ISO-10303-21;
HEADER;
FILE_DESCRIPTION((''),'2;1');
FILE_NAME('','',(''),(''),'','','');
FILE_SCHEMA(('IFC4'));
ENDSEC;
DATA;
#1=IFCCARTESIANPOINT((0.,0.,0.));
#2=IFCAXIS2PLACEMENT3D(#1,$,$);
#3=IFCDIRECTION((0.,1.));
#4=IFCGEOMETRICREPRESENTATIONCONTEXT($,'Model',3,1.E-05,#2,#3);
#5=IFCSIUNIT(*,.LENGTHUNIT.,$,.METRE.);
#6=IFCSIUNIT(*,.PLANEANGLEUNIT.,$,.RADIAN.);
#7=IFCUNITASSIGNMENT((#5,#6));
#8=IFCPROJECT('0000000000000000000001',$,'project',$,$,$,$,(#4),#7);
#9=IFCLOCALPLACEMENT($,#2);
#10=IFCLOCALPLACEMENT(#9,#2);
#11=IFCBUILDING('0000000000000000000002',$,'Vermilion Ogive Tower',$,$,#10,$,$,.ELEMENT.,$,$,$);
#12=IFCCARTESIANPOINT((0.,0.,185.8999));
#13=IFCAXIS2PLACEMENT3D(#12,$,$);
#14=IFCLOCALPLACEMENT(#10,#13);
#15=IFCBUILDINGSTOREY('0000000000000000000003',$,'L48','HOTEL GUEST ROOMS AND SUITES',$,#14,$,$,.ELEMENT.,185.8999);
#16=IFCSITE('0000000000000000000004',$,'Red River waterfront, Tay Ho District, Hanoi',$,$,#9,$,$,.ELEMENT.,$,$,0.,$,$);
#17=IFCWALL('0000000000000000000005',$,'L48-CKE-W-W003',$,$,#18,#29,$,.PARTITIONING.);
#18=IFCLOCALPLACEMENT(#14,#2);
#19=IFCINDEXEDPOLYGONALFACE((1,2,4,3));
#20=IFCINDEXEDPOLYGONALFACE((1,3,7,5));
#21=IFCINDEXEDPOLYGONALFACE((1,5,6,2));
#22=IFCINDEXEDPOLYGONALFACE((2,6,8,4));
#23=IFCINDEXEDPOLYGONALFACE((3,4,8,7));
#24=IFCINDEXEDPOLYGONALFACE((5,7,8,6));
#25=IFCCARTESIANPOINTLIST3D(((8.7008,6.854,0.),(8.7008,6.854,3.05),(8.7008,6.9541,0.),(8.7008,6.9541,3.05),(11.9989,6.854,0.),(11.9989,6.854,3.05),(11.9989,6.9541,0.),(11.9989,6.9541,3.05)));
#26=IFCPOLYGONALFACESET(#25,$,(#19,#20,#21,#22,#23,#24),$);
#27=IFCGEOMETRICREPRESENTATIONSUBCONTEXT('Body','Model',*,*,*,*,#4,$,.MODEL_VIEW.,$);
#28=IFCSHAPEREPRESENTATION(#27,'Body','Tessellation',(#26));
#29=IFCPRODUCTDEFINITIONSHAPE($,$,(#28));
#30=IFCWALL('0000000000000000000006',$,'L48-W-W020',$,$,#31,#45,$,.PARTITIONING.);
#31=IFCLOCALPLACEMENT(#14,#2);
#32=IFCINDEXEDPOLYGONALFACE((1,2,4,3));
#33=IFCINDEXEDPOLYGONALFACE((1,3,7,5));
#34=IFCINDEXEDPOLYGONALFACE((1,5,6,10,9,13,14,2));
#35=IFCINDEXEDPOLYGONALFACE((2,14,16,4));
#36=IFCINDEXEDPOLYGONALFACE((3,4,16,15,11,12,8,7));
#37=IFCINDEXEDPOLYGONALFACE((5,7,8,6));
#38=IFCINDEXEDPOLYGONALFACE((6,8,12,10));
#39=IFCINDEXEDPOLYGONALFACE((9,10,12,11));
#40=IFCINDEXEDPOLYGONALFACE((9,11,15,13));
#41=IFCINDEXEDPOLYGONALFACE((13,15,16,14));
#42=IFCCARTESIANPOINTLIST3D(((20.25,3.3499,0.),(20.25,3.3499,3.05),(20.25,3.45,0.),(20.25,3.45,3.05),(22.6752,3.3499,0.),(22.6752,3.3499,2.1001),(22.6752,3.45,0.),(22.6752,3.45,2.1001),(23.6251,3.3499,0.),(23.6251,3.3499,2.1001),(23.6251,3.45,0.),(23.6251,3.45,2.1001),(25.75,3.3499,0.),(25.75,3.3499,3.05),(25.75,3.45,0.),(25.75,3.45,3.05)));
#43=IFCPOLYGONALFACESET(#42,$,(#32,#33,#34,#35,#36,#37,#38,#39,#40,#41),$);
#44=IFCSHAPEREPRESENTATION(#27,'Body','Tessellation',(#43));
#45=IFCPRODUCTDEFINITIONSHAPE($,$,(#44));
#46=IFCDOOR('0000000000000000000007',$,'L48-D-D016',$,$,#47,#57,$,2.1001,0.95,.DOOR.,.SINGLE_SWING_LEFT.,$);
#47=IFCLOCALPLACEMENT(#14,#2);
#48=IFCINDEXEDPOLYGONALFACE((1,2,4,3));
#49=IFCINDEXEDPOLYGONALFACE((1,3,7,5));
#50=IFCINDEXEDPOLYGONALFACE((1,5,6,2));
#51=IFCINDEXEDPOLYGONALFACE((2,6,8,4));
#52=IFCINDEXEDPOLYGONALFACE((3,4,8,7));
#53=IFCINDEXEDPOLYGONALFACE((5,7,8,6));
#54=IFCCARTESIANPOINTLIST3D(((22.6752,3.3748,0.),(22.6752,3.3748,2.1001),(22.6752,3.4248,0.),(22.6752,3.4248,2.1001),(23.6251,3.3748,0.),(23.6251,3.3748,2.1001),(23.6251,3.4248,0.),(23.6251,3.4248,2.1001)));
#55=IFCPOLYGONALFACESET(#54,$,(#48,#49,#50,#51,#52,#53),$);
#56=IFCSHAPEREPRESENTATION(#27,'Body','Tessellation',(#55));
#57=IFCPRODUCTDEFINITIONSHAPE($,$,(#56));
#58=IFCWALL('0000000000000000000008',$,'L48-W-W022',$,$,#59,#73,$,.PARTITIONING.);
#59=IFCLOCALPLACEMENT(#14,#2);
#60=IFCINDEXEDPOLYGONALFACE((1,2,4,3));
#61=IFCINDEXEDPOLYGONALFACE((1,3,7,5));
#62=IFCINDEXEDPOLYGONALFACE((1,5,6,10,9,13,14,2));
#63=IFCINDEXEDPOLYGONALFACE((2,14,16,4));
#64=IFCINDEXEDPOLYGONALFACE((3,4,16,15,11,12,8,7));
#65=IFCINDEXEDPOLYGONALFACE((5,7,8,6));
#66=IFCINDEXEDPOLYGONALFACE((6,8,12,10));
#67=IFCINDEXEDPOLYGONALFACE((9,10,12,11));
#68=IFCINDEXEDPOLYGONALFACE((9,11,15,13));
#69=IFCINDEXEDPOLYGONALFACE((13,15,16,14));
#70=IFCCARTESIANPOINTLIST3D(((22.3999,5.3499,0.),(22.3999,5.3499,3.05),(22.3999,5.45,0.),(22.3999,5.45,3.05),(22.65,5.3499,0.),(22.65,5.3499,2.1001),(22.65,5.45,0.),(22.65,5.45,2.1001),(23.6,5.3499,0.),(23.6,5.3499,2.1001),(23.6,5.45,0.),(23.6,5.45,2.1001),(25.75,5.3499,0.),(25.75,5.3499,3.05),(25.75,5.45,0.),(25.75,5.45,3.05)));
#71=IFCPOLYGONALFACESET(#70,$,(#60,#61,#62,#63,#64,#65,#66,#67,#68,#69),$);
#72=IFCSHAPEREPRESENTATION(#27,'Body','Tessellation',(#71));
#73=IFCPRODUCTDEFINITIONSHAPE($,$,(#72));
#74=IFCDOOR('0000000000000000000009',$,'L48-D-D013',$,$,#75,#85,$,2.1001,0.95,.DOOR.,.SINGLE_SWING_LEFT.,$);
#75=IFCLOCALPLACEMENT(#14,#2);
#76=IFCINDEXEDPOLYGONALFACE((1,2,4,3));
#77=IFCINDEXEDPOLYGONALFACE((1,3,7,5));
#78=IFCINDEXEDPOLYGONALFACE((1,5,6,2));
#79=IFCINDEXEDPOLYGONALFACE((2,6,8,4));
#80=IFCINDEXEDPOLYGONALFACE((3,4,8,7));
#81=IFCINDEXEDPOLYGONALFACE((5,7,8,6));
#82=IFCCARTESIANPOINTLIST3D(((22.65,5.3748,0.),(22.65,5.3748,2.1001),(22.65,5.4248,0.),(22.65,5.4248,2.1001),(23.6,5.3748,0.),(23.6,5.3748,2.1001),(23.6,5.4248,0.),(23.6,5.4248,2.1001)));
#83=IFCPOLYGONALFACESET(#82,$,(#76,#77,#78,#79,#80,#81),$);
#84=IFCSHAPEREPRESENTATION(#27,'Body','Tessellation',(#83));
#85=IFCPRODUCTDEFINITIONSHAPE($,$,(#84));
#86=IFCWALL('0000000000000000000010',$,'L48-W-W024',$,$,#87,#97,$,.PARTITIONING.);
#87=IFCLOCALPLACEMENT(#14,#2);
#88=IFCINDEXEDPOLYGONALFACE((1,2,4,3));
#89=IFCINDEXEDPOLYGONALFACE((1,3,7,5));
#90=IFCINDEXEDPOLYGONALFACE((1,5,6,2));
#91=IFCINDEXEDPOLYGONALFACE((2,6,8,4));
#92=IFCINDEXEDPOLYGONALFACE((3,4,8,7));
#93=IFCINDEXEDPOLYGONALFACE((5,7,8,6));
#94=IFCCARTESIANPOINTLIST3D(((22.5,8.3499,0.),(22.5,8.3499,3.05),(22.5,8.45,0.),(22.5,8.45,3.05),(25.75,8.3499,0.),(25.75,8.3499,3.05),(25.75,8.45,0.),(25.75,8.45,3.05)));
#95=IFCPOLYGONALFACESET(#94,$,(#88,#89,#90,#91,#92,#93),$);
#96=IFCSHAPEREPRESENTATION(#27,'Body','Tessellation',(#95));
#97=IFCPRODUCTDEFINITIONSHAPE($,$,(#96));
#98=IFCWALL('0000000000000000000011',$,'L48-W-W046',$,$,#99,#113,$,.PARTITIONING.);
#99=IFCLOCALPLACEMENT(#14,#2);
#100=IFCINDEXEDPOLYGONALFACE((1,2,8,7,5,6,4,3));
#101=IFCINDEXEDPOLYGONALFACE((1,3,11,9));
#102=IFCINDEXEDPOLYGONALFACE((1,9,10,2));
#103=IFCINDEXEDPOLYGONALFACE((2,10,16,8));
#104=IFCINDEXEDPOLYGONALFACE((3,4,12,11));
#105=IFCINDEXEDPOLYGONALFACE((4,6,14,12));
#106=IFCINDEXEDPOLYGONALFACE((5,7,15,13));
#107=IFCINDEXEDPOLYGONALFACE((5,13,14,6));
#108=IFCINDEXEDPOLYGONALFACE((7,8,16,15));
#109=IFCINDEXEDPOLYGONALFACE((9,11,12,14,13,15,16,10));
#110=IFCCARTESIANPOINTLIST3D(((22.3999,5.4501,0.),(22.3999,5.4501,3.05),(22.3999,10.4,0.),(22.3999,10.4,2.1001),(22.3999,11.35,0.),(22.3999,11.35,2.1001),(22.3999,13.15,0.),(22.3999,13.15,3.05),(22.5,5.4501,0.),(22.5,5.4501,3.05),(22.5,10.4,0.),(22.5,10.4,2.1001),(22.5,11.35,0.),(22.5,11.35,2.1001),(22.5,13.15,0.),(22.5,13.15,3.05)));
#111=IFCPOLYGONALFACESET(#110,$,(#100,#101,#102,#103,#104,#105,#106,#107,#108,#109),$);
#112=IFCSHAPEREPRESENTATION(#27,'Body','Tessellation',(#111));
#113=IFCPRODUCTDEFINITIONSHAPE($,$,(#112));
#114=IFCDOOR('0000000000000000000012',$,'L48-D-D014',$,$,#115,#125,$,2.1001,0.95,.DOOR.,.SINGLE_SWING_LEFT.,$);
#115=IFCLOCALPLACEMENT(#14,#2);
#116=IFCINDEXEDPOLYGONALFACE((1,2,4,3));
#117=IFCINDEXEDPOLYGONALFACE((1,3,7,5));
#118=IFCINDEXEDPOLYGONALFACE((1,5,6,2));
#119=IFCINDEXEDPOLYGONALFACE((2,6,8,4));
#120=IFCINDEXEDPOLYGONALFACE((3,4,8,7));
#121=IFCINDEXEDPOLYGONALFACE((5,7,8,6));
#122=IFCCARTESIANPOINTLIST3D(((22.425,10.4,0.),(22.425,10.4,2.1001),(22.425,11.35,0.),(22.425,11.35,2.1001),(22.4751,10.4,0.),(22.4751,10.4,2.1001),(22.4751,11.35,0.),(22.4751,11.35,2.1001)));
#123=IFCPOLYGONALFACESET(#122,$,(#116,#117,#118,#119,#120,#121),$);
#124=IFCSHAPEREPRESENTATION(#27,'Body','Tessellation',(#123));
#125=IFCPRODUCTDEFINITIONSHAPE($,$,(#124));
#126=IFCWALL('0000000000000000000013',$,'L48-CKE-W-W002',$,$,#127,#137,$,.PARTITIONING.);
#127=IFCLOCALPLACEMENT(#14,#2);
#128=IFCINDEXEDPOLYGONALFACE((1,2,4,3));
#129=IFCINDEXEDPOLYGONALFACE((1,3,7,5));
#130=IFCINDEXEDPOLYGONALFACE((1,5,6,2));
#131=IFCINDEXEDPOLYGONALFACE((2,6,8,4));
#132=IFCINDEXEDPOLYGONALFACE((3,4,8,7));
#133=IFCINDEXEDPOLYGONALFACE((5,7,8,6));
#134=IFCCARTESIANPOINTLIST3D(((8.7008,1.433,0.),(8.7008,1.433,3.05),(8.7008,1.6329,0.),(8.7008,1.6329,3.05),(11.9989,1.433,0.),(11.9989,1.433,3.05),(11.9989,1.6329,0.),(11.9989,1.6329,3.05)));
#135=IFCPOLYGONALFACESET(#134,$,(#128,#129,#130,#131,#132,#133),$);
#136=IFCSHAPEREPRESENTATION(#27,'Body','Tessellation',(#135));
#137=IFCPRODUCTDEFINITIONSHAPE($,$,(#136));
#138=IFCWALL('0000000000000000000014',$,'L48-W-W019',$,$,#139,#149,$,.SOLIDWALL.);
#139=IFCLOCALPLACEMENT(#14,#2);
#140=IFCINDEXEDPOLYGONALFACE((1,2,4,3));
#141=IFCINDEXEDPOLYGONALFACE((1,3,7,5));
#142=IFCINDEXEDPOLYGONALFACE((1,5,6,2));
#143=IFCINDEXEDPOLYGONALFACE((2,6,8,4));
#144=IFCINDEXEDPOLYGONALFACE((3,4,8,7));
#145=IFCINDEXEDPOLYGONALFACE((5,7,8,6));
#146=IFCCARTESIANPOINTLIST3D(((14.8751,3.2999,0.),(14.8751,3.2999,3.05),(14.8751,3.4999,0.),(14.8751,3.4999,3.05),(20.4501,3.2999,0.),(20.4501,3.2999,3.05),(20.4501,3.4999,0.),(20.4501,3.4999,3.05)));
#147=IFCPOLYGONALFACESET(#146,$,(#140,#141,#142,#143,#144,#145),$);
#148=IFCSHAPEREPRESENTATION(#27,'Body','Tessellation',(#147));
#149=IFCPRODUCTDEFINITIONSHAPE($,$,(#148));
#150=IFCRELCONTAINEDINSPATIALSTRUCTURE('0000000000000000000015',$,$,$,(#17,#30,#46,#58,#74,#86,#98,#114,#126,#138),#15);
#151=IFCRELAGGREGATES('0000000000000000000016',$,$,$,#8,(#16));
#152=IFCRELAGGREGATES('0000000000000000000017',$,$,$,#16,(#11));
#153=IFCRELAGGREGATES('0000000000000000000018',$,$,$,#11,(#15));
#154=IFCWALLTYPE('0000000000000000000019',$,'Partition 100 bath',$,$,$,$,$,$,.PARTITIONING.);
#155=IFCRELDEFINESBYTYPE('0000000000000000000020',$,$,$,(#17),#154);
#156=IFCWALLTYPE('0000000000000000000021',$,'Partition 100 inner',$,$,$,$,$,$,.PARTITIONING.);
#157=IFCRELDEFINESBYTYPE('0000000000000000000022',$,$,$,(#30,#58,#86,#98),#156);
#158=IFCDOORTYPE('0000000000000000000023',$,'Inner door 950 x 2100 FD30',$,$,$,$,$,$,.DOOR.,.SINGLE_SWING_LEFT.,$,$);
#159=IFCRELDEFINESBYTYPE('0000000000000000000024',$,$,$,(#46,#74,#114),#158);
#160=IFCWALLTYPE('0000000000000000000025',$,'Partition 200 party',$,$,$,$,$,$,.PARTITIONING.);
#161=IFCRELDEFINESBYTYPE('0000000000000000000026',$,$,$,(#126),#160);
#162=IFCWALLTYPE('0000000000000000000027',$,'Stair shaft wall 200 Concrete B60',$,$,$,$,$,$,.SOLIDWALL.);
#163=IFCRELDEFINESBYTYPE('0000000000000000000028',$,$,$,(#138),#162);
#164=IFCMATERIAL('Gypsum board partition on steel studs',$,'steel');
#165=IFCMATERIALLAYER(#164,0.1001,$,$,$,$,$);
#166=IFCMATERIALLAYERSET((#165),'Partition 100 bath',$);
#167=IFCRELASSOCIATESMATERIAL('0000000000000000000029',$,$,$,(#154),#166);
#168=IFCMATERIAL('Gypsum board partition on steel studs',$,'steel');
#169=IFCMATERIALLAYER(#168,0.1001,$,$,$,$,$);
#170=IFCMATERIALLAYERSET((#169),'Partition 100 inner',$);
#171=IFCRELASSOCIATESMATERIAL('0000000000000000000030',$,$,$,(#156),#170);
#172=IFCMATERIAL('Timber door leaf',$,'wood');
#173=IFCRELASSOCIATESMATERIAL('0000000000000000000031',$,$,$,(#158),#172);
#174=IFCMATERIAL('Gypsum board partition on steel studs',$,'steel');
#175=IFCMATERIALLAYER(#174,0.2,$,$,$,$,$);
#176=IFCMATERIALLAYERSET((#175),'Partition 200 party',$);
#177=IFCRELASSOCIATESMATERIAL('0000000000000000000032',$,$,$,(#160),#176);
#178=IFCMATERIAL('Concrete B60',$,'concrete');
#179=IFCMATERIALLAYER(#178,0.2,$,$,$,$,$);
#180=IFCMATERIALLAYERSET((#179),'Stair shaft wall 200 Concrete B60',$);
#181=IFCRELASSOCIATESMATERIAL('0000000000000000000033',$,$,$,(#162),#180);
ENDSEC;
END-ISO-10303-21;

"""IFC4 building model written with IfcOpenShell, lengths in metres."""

from ifc_helpers import new_model, si_unit, direction, frame, frame_2d, origin, place, context, subcontext, project, spatial, rectangle, extrude, material, layer, layer_set, type_object, element, fill, save


model = new_model("IFC4")

# Units and contexts
model_context = context("Model", 3, precision=1e-05, world=origin(), true_north=direction((0.0, 1.0)))
body_context = subcontext(model_context, "Body", "Model", "MODEL_VIEW")
ifc_project = project(units=[si_unit("LENGTHUNIT", "METRE"), si_unit("PLANEANGLEUNIT", "RADIAN")], contexts=[model_context])

# Site, building, storey
site_placement = place(None, origin())
site = spatial("IfcSite", under=ifc_project, at=site_placement, Name="Red River waterfront, Tay Ho District, Hanoi", CompositionType="ELEMENT", RefElevation=0.0)
building_placement = place(site_placement, origin())
building = spatial("IfcBuilding", under=site, at=building_placement, Name="Vermilion Ogive Tower", CompositionType="ELEMENT")
storey_placement = place(building_placement, frame((0.0, 0.0, 185.8999)))
storey = spatial("IfcBuildingStorey", under=building, at=storey_placement, Name="L48", Description="HOTEL GUEST ROOMS AND SUITES", CompositionType="ELEMENT", Elevation=185.8999)

# Wall
ifc_material_1 = material(Name="Gypsum board partition on steel studs", Category="steel")
ifc_layer_1 = layer(ifc_material_1, 0.1001)
ifc_layer_set_1 = layer_set([ifc_layer_1], Name="Partition 100 bath")
wall_type_1 = type_object("IfcWallType", Name="Partition 100 bath", PredefinedType="PARTITIONING", material=ifc_layer_set_1)
wall_1_placement = place(storey_placement, frame((8.7009, 6.9041, 0.0), z_axis=(0.0, 0.0, 1.0), x_axis=(1.0, 0.0, 0.0)))
element("IfcWall", 1, at=wall_1_placement, inside=storey, type_object=wall_type_1, Name="L48-CKE-W-W003", PredefinedType="PARTITIONING", context=body_context, shape_type="SweptSolid", body=[
    extrude(rectangle(XDim=3.2981, YDim=0.1001, at=frame_2d((1.6489, 0.0))), origin(), (0.0, 0.0, 1.0), 3.05),
])

# Walls, openings, doors
ifc_material_2 = material(Name="Gypsum board partition on steel studs", Category="steel")
ifc_layer_2 = layer(ifc_material_2, 0.1001)
ifc_layer_set_2 = layer_set([ifc_layer_2], Name="Partition 100 inner")
wall_type_2 = type_object("IfcWallType", Name="Partition 100 inner", PredefinedType="PARTITIONING", material=ifc_layer_set_2)
wall_2_placement = place(storey_placement, frame((20.25, 3.3999, 0.0), z_axis=(0.0, 0.0, 1.0), x_axis=(1.0, 0.0, 0.0)))
wall_2 = element("IfcWall", 2, at=wall_2_placement, inside=storey, type_object=wall_type_2, Name="L48-W-W020", PredefinedType="PARTITIONING", context=body_context, shape_type="SweptSolid", body=[
    extrude(rectangle(XDim=5.5, YDim=0.1001, at=frame_2d((2.75, 0.0))), origin(), (0.0, 0.0, 1.0), 3.05),
])
opening_1_placement = place(wall_2_placement, frame((2.425, 0.0, 0.0)))
opening_1 = element("IfcOpeningElement", 3, at=opening_1_placement, cuts=wall_2, PredefinedType="OPENING", context=body_context, shape_type="SweptSolid", body=[
    extrude(rectangle(XDim=0.95, YDim=2.1001, at=frame_2d((0.4751, 1.05))), frame((0.0, 0.0601, 0.0), z_axis=(0.0, -1.0, 0.0), x_axis=(1.0, 0.0, 0.0)), (0.0, 0.0, 1.0), 0.1201),
])
ifc_material_3 = material(Name="Timber door leaf", Category="wood")
door_type = type_object("IfcDoorType", Name="Inner door 950 x 2100 FD30", OperationType="SINGLE_SWING_LEFT", PredefinedType="DOOR", material=ifc_material_3)
door_1_placement = place(opening_1_placement, origin())
door_1 = element("IfcDoor", 4, at=door_1_placement, inside=storey, type_object=door_type, Name="L48-D-D016", OperationType="SINGLE_SWING_LEFT", OverallHeight=2.1001, OverallWidth=0.95, PredefinedType="DOOR", context=body_context, shape_type="SweptSolid", body=[
    extrude(rectangle(XDim=0.95, YDim=2.1001, at=frame_2d((0.4751, 1.05))), frame((0.0, 0.0249, 0.0), z_axis=(0.0, -1.0, 0.0), x_axis=(1.0, 0.0, 0.0)), (0.0, 0.0, 1.0), 0.05),
])
fill(opening_1, door_1)
wall_3_placement = place(storey_placement, frame((22.3999, 5.3999, 0.0), z_axis=(0.0, 0.0, 1.0), x_axis=(1.0, 0.0, 0.0)))
wall_3 = element("IfcWall", 5, at=wall_3_placement, inside=storey, type_object=wall_type_2, Name="L48-W-W022", PredefinedType="PARTITIONING", context=body_context, shape_type="SweptSolid", body=[
    extrude(rectangle(XDim=3.3501, YDim=0.1001, at=frame_2d((1.675, 0.0))), origin(), (0.0, 0.0, 1.0), 3.05),
])
opening_2_placement = place(wall_3_placement, frame((0.25, 0.0, 0.0)))
opening_2 = element("IfcOpeningElement", 6, at=opening_2_placement, cuts=wall_3, PredefinedType="OPENING", context=body_context, shape_type="SweptSolid", body=[
    extrude(rectangle(XDim=0.95, YDim=2.1001, at=frame_2d((0.4751, 1.05))), frame((0.0, 0.0601, 0.0), z_axis=(0.0, -1.0, 0.0), x_axis=(1.0, 0.0, 0.0)), (0.0, 0.0, 1.0), 0.1201),
])
door_2_placement = place(opening_2_placement, origin())
door_2 = element("IfcDoor", 7, at=door_2_placement, inside=storey, type_object=door_type, Name="L48-D-D013", OperationType="SINGLE_SWING_LEFT", OverallHeight=2.1001, OverallWidth=0.95, PredefinedType="DOOR", context=body_context, shape_type="SweptSolid", body=[
    extrude(rectangle(XDim=0.95, YDim=2.1001, at=frame_2d((0.4751, 1.05))), frame((0.0, 0.0249, 0.0), z_axis=(0.0, -1.0, 0.0), x_axis=(1.0, 0.0, 0.0)), (0.0, 0.0, 1.0), 0.05),
])
fill(opening_2, door_2)

# Wall
wall_4_placement = place(storey_placement, frame((22.5, 8.3999, 0.0), z_axis=(0.0, 0.0, 1.0), x_axis=(1.0, 0.0, 0.0)))
element("IfcWall", 8, at=wall_4_placement, inside=storey, type_object=wall_type_2, Name="L48-W-W024", PredefinedType="PARTITIONING", context=body_context, shape_type="SweptSolid", body=[
    extrude(rectangle(XDim=3.25, YDim=0.1001, at=frame_2d((1.625, 0.0))), origin(), (0.0, 0.0, 1.0), 3.05),
])

# Wall, opening, door
wall_5_placement = place(storey_placement, frame((22.45, 5.45, 0.0), z_axis=(0.0, 0.0, 1.0), x_axis=(0.0, 1.0, 0.0)))
wall_5 = element("IfcWall", 9, at=wall_5_placement, inside=storey, type_object=wall_type_2, Name="L48-W-W046", PredefinedType="PARTITIONING", context=body_context, shape_type="SweptSolid", body=[
    extrude(rectangle(XDim=7.7, YDim=0.1001, at=frame_2d((3.8501, 0.0))), origin(), (0.0, 0.0, 1.0), 3.05),
])
opening_3_placement = place(wall_5_placement, frame((4.95, 0.0, 0.0)))
opening_3 = element("IfcOpeningElement", 10, at=opening_3_placement, cuts=wall_5, PredefinedType="OPENING", context=body_context, shape_type="SweptSolid", body=[
    extrude(rectangle(XDim=0.95, YDim=2.1001, at=frame_2d((0.4751, 1.05))), frame((0.0, 0.0601, 0.0), z_axis=(0.0, -1.0, 0.0), x_axis=(1.0, 0.0, 0.0)), (0.0, 0.0, 1.0), 0.1201),
])
door_3_placement = place(opening_3_placement, origin())
door_3 = element("IfcDoor", 11, at=door_3_placement, inside=storey, type_object=door_type, Name="L48-D-D014", OperationType="SINGLE_SWING_LEFT", OverallHeight=2.1001, OverallWidth=0.95, PredefinedType="DOOR", context=body_context, shape_type="SweptSolid", body=[
    extrude(rectangle(XDim=0.95, YDim=2.1001, at=frame_2d((0.4751, 1.05))), frame((0.0, 0.0249, 0.0), z_axis=(0.0, -1.0, 0.0), x_axis=(1.0, 0.0, 0.0)), (0.0, 0.0, 1.0), 0.05),
])
fill(opening_3, door_3)

# Walls
ifc_material_4 = material(Name="Gypsum board partition on steel studs", Category="steel")
ifc_layer_3 = layer(ifc_material_4, 0.2)
ifc_layer_set_3 = layer_set([ifc_layer_3], Name="Partition 200 party")
wall_type_3 = type_object("IfcWallType", Name="Partition 200 party", PredefinedType="PARTITIONING", material=ifc_layer_set_3)
wall_6_placement = place(storey_placement, frame((8.7009, 1.533, 0.0), z_axis=(0.0, 0.0, 1.0), x_axis=(1.0, 0.0, 0.0)))
element("IfcWall", 12, at=wall_6_placement, inside=storey, type_object=wall_type_3, Name="L48-CKE-W-W002", PredefinedType="PARTITIONING", context=body_context, shape_type="SweptSolid", body=[
    extrude(rectangle(XDim=3.2981, YDim=0.2, at=frame_2d((1.6489, 0.0))), origin(), (0.0, 0.0, 1.0), 3.05),
])
ifc_material_5 = material(Name="Concrete B60", Category="concrete")
ifc_layer_4 = layer(ifc_material_5, 0.2)
ifc_layer_set_4 = layer_set([ifc_layer_4], Name="Stair shaft wall 200 Concrete B60")
wall_type_4 = type_object("IfcWallType", Name="Stair shaft wall 200 Concrete B60", PredefinedType="SOLIDWALL", material=ifc_layer_set_4)
wall_7_placement = place(storey_placement, frame((14.875, 3.3999, 0.0), z_axis=(0.0, 0.0, 1.0), x_axis=(1.0, 0.0, 0.0)))
element("IfcWall", 13, at=wall_7_placement, inside=storey, type_object=wall_type_4, Name="L48-W-W019", PredefinedType="SOLIDWALL", context=body_context, shape_type="SweptSolid", body=[
    extrude(rectangle(XDim=5.575, YDim=0.2, at=frame_2d((2.7876, 0.0))), origin(), (0.0, 0.0, 1.0), 3.05),
])

save(model, "model.ifc")
